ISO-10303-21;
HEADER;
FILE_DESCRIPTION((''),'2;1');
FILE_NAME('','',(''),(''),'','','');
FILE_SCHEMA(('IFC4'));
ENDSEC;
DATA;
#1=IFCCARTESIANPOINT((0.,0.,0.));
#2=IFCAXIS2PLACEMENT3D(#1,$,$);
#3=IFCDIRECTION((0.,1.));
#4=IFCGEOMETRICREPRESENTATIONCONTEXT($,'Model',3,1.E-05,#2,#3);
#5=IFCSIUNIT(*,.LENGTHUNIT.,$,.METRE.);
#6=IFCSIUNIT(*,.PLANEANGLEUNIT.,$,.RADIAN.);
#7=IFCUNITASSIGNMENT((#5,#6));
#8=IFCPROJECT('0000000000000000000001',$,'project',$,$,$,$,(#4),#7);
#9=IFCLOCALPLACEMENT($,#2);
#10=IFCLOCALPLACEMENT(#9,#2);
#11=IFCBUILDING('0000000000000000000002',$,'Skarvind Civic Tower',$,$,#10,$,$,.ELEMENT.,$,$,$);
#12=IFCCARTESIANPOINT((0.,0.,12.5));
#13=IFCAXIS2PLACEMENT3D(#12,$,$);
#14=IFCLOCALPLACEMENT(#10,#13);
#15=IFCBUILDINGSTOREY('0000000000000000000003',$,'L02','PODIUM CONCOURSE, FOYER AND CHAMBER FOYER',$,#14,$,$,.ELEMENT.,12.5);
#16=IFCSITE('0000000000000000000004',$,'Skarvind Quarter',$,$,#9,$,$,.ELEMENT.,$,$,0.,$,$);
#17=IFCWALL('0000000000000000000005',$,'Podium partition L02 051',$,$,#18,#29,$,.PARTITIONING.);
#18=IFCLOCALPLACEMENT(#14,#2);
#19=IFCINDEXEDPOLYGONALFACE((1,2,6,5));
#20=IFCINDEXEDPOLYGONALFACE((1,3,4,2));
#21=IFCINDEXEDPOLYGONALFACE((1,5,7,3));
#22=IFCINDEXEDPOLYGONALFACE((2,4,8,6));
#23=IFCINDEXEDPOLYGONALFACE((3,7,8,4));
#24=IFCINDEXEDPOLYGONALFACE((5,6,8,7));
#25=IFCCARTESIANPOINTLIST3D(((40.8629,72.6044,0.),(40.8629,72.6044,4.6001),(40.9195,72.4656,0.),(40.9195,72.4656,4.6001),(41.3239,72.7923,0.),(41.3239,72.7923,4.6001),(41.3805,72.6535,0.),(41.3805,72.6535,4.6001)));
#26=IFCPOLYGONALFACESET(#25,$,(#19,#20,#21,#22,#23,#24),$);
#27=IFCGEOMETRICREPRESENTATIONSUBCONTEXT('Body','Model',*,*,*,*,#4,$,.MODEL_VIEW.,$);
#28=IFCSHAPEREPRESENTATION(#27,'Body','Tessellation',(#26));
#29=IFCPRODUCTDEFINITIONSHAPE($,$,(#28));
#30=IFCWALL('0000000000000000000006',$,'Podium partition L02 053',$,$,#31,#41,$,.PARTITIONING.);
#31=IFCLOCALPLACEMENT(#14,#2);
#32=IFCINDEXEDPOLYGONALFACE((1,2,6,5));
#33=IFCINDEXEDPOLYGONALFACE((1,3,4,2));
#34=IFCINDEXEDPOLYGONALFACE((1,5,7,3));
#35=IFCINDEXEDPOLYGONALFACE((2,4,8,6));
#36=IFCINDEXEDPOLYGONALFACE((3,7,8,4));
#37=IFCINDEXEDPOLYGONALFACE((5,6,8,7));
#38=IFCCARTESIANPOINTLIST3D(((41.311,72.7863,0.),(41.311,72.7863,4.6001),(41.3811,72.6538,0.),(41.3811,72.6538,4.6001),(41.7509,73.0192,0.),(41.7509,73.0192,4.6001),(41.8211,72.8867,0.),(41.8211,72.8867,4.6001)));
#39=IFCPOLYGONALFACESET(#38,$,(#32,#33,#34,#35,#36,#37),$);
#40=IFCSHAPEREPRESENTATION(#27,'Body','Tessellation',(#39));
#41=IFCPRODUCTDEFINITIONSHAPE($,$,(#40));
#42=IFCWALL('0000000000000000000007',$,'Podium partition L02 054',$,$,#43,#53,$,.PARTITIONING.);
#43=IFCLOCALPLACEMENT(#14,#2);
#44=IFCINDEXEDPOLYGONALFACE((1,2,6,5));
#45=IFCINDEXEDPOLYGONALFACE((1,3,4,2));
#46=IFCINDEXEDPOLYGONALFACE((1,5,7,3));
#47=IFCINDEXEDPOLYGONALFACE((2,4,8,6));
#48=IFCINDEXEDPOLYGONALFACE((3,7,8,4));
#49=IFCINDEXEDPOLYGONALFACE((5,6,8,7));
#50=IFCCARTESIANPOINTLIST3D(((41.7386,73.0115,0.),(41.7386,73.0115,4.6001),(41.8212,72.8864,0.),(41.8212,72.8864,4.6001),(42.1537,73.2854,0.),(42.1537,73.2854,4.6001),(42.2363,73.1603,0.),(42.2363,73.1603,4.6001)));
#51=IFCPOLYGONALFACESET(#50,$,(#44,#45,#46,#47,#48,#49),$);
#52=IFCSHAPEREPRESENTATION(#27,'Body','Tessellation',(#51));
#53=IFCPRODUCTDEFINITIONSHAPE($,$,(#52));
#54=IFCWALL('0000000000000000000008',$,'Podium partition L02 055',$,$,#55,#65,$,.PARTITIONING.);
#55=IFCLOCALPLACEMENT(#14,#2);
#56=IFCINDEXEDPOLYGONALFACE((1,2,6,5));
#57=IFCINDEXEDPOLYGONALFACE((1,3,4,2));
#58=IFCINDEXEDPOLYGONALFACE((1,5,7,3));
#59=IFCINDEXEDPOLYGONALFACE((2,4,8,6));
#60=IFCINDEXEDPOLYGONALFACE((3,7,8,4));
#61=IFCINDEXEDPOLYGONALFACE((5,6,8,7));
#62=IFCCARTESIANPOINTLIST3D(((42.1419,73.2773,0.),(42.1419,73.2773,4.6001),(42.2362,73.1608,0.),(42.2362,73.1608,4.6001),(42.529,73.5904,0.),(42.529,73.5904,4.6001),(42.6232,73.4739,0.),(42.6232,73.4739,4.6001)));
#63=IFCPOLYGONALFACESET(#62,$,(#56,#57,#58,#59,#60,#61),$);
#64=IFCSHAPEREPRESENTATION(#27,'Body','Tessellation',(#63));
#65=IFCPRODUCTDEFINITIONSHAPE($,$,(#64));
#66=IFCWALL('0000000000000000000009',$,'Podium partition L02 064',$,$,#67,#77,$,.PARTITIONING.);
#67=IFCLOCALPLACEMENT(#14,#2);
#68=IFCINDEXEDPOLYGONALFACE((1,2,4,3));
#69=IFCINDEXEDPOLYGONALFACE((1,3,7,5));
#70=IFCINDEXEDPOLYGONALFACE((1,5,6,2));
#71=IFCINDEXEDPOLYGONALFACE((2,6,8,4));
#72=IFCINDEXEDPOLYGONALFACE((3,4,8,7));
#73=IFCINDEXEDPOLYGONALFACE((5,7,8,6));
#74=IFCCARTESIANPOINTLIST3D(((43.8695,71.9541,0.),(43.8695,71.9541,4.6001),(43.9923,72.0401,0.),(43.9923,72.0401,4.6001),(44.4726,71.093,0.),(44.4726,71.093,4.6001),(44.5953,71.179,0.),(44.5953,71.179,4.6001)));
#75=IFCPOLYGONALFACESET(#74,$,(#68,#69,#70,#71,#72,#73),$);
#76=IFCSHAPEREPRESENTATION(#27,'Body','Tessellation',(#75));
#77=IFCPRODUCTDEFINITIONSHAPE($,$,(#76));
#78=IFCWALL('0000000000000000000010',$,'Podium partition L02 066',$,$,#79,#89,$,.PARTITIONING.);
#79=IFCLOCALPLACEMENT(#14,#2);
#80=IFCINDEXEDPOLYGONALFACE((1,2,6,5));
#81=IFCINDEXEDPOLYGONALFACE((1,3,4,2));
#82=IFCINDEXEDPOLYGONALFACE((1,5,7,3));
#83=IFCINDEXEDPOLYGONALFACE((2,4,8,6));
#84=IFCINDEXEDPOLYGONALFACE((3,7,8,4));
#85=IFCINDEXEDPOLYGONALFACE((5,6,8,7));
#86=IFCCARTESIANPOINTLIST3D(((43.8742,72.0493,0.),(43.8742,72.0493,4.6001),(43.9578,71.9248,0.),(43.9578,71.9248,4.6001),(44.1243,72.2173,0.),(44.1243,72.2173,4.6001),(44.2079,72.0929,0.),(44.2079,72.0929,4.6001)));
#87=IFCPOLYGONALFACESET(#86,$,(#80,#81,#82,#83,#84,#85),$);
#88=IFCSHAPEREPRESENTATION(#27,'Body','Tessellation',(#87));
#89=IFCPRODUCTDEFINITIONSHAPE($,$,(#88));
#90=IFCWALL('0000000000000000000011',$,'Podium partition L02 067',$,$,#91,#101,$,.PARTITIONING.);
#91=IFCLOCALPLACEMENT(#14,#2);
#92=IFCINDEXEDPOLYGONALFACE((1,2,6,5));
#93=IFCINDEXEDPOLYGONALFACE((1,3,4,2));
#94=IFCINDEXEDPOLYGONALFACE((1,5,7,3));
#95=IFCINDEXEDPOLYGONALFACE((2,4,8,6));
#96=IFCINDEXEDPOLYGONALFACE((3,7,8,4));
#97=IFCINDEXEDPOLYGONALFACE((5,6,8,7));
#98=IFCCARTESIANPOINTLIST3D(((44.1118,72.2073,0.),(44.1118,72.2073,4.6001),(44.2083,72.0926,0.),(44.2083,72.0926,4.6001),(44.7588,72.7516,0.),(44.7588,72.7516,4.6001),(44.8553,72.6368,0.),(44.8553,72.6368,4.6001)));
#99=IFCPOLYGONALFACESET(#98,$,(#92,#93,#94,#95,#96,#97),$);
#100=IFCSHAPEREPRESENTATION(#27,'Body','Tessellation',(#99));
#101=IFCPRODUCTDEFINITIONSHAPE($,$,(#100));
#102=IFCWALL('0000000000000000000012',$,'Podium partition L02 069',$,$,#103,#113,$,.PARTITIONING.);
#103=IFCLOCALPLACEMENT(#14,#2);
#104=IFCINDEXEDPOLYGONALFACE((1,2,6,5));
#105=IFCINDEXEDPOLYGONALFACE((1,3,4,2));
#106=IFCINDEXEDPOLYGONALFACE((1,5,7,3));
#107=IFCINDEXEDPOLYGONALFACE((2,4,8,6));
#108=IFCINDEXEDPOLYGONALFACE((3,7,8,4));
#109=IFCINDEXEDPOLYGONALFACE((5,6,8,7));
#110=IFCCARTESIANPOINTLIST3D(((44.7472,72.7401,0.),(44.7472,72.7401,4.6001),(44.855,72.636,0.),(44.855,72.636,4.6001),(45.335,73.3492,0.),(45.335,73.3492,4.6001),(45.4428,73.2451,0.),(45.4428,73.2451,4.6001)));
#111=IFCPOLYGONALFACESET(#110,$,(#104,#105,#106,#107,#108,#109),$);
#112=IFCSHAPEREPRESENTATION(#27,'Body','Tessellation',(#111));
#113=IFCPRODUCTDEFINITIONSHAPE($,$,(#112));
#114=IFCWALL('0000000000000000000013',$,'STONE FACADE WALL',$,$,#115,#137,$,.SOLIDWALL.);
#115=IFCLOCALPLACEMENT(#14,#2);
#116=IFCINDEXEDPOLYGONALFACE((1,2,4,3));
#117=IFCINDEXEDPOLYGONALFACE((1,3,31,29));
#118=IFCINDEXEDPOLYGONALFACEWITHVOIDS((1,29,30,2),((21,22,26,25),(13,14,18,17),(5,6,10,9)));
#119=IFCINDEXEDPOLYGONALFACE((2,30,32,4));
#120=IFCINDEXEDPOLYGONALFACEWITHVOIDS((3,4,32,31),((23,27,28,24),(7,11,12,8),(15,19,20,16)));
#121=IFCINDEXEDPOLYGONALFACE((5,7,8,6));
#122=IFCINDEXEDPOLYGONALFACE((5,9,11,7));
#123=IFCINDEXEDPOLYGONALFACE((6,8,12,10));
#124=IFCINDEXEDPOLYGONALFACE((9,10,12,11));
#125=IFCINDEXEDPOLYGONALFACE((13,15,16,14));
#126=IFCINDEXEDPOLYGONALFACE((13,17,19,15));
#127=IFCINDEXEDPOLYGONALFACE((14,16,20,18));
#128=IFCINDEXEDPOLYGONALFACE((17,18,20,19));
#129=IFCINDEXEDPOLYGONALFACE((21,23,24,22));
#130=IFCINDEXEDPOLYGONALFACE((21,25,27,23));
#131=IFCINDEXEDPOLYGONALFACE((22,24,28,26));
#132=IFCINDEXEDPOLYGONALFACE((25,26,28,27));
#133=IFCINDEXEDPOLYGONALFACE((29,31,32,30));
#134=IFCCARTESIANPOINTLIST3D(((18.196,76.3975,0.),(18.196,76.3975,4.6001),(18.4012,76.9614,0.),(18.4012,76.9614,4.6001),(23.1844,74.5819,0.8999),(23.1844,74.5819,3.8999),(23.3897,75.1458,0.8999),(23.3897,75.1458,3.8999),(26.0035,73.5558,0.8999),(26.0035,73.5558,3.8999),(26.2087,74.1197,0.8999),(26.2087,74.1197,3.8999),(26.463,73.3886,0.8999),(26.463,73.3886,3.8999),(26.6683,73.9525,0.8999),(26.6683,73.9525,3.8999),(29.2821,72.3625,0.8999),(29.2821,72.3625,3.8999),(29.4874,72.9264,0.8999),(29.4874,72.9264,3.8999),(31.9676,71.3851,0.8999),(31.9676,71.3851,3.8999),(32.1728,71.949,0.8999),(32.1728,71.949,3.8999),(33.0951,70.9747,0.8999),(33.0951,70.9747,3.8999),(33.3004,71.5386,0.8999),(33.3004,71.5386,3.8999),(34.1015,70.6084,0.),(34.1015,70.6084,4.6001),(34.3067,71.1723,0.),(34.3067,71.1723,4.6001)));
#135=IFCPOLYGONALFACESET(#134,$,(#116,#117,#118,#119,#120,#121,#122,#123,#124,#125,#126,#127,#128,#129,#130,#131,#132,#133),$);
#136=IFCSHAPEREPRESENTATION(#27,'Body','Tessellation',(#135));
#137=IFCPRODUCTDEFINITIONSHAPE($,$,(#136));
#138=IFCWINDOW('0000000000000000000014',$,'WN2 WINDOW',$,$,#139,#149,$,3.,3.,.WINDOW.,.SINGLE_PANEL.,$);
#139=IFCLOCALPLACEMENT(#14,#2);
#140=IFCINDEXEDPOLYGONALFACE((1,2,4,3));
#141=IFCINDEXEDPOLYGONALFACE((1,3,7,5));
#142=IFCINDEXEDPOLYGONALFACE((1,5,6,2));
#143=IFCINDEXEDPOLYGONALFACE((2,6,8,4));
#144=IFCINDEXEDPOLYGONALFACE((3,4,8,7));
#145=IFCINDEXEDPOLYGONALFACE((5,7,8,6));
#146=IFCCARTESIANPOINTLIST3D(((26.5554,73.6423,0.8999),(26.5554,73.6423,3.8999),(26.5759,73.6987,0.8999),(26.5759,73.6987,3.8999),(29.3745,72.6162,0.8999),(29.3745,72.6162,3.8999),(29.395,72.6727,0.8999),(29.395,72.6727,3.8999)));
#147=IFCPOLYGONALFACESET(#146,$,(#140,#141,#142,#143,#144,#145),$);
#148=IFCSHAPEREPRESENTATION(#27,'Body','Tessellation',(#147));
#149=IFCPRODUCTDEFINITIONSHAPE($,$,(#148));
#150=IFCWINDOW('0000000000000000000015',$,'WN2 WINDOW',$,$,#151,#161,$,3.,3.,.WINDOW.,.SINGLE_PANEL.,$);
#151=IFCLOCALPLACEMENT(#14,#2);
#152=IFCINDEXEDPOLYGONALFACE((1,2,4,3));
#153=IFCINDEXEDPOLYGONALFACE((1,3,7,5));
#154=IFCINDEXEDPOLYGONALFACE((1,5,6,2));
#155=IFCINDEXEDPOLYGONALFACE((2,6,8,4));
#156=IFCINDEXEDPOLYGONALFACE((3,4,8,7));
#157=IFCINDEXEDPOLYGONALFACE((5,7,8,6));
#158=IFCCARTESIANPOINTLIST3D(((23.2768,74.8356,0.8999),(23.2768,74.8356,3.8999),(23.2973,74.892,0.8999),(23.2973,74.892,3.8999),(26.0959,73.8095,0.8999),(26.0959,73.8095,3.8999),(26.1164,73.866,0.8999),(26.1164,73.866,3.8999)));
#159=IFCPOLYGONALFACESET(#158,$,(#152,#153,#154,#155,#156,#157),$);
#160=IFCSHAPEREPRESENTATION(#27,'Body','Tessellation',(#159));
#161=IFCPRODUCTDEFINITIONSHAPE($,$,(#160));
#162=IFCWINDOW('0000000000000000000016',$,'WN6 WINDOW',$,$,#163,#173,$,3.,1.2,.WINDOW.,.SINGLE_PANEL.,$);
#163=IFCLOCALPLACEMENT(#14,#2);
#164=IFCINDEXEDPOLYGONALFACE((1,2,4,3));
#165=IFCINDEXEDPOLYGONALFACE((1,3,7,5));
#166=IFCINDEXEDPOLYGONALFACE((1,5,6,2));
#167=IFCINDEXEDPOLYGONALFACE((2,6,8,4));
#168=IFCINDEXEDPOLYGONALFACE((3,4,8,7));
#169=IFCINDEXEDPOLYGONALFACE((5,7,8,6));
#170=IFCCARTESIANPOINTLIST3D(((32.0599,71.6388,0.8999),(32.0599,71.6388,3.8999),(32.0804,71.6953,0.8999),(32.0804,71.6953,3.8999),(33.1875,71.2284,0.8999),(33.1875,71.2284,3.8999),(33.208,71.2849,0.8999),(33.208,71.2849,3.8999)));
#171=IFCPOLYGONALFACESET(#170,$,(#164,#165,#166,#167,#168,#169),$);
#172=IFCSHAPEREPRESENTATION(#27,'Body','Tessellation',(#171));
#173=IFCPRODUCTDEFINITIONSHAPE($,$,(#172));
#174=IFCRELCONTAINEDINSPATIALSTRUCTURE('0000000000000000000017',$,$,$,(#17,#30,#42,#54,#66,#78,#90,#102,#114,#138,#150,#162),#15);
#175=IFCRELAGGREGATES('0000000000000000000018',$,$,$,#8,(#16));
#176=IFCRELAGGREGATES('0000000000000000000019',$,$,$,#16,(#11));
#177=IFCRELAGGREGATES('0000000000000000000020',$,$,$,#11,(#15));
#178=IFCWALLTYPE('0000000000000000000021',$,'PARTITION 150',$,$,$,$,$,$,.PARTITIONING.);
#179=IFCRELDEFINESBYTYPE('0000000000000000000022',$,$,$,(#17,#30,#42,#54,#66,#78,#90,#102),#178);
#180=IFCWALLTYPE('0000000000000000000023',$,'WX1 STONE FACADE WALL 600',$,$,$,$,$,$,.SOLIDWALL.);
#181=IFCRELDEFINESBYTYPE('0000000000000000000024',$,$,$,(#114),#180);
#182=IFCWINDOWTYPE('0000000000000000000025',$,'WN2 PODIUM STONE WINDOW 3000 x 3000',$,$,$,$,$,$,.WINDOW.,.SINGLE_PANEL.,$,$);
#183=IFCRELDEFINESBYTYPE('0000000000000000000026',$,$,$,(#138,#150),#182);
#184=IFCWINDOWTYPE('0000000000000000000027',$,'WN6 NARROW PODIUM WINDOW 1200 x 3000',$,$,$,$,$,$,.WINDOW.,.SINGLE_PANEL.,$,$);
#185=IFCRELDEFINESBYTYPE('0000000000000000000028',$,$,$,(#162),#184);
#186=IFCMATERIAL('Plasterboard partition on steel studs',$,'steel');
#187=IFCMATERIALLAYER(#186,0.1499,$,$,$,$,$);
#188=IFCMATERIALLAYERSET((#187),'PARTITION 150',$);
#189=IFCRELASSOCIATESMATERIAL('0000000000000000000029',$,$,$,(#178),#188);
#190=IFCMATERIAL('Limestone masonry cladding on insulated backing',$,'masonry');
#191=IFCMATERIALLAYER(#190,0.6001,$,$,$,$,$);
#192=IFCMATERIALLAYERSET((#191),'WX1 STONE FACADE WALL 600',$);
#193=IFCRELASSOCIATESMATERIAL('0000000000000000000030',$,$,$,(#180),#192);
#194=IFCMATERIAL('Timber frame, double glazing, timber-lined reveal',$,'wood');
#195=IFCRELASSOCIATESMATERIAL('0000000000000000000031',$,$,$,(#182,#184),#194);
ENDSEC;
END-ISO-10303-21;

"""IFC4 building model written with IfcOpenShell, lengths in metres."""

from ifc_helpers import new_model, si_unit, direction, frame, frame_2d, origin, place, context, subcontext, project, spatial, rectangle, extrude, material, layer, layer_set, type_object, element, fill, save


model = new_model("IFC4")

# Units and contexts
model_context = context("Model", 3, precision=1e-05, world=origin(), true_north=direction((0.0, 1.0)))
body_context = subcontext(model_context, "Body", "Model", "MODEL_VIEW")
ifc_project = project(units=[si_unit("LENGTHUNIT", "METRE"), si_unit("PLANEANGLEUNIT", "RADIAN")], contexts=[model_context])

# Site, building, storey
site_placement = place(None, origin())
site = spatial("IfcSite", under=ifc_project, at=site_placement, Name="Skarvind Quarter", CompositionType="ELEMENT", RefElevation=0.0)
building_placement = place(site_placement, origin())
building = spatial("IfcBuilding", under=site, at=building_placement, Name="Skarvind Civic Tower", CompositionType="ELEMENT")
storey_placement = place(building_placement, frame((0.0, 0.0, 12.5)))
storey = spatial("IfcBuildingStorey", under=building, at=storey_placement, Name="L02", Description="PODIUM CONCOURSE, FOYER AND CHAMBER FOYER", CompositionType="ELEMENT", Elevation=12.5)

# Shared definitions
ifc_material_1 = material(Name="Plasterboard partition on steel studs", Category="steel")
ifc_layer_1 = layer(ifc_material_1, 0.1499)
ifc_layer_set_1 = layer_set([ifc_layer_1], Name="PARTITION 150")
wall_type_1 = type_object("IfcWallType", Name="PARTITION 150", PredefinedType="PARTITIONING", material=ifc_layer_set_1)

# Walls
for number, where, z_axis, x_axis, name in (
    (1, (40.8911, 72.5349, 0.0), (0.0, 0.0, 1.0), (0.925953, 0.37764, 0.0), "Podium partition L02 051"),
    (2, (41.3459, 72.72, 0.0), (0.0, 0.0, 1.0), (0.883788, 0.467888, 0.0), "Podium partition L02 053"),
):
    element("IfcWall", number, at=place(storey_placement, frame(where, z_axis=z_axis, x_axis=x_axis)), inside=storey, type_object=wall_type_1, Name=name, PredefinedType="PARTITIONING", context=body_context, shape_type="SweptSolid", body=[
        extrude(rectangle(XDim=0.4978, YDim=0.1499, at=frame_2d((0.249, 0.0))), origin(), (0.0, 0.0, 1.0), 4.6001),
    ])
wall_1_placement = place(storey_placement, frame((41.78, 72.949, 0.0), z_axis=(0.0, 0.0, 1.0), x_axis=(0.834609, 0.550842, 0.0)))
element("IfcWall", 3, at=wall_1_placement, inside=storey, type_object=wall_type_1, Name="Podium partition L02 054", PredefinedType="PARTITIONING", context=body_context, shape_type="SweptSolid", body=[
    extrude(rectangle(XDim=0.4973, YDim=0.1499, at=frame_2d((0.2485, 0.0))), origin(), (0.0, 0.0, 1.0), 4.6001),
])
wall_2_placement = place(storey_placement, frame((42.189, 73.219, 0.0), z_axis=(0.0, 0.0, 1.0), x_axis=(0.777508, 0.628874, 0.0)))
element("IfcWall", 4, at=wall_2_placement, inside=storey, type_object=wall_type_1, Name="Podium partition L02 055", PredefinedType="PARTITIONING", context=body_context, shape_type="SweptSolid", body=[
    extrude(rectangle(XDim=0.4978, YDim=0.1499, at=frame_2d((0.249, 0.0))), origin(), (0.0, 0.0, 1.0), 4.6001),
])
wall_3_placement = place(storey_placement, frame((43.9309, 71.9971, 0.0), z_axis=(0.0, 0.0, 1.0), x_axis=(0.573634, -0.819112, 0.0)))
element("IfcWall", 5, at=wall_3_placement, inside=storey, type_object=wall_type_1, Name="Podium partition L02 064", PredefinedType="PARTITIONING", context=body_context, shape_type="SweptSolid", body=[
    extrude(rectangle(XDim=1.0513, YDim=0.1499, at=frame_2d((0.5256, 0.0))), origin(), (0.0, 0.0, 1.0), 4.6001),
])
wall_4_placement = place(storey_placement, frame((43.916, 71.9871, 0.0), z_axis=(0.0, 0.0, 1.0), x_axis=(0.83005, 0.55769, 0.0)))
element("IfcWall", 6, at=wall_4_placement, inside=storey, type_object=wall_type_1, Name="Podium partition L02 066", PredefinedType="PARTITIONING", context=body_context, shape_type="SweptSolid", body=[
    extrude(rectangle(XDim=0.3013, YDim=0.1499, at=frame_2d((0.1506, 0.0))), origin(), (0.0, 0.0, 1.0), 4.6001),
])
wall_5_placement = place(storey_placement, frame((44.1599, 72.1499, 0.0), z_axis=(0.0, 0.0, 1.0), x_axis=(0.765278, 0.6437, 0.0)))
element("IfcWall", 7, at=wall_5_placement, inside=storey, type_object=wall_type_1, Name="Podium partition L02 067", PredefinedType="PARTITIONING", context=body_context, shape_type="SweptSolid", body=[
    extrude(rectangle(XDim=0.8455, YDim=0.1499, at=frame_2d((0.4229, 0.0))), origin(), (0.0, 0.0, 1.0), 4.6001),
])
wall_6_placement = place(storey_placement, frame((44.801, 72.688, 0.0), z_axis=(0.0, 0.0, 1.0), x_axis=(0.69445, 0.719541, 0.0)))
element("IfcWall", 8, at=wall_6_placement, inside=storey, type_object=wall_type_1, Name="Podium partition L02 069", PredefinedType="PARTITIONING", context=body_context, shape_type="SweptSolid", body=[
    extrude(rectangle(XDim=0.8464, YDim=0.1499, at=frame_2d((0.4233, 0.0))), origin(), (0.0, 0.0, 1.0), 4.6001),
])

# Wall, openings, windows
ifc_material_2 = material(Name="Limestone masonry cladding on insulated backing", Category="masonry")
ifc_layer_2 = layer(ifc_material_2, 0.6001)
ifc_layer_set_2 = layer_set([ifc_layer_2], Name="WX1 STONE FACADE WALL 600")
wall_type_2 = type_object("IfcWallType", Name="WX1 STONE FACADE WALL 600", PredefinedType="SOLIDWALL", material=ifc_layer_set_2)
wall_7_placement = place(storey_placement, frame((34.2041, 70.8904, 0.0), z_axis=(0.0, 0.0, 1.0), x_axis=(-0.939694, 0.342016, 0.0)))
wall_7 = element("IfcWall", 9, at=wall_7_placement, inside=storey, type_object=wall_type_2, Name="STONE FACADE WALL", PredefinedType="SOLIDWALL", context=body_context, shape_type="SweptSolid", body=[
    extrude(rectangle(XDim=16.9263, YDim=0.6001, at=frame_2d((8.4631, 0.0))), origin(), (0.0, 0.0, 1.0), 4.6001),
])
opening_1_placement = place(wall_7_placement, frame((1.0708, 0.0, 0.8999)))
opening_1 = element("IfcOpeningElement", 10, at=opening_1_placement, cuts=wall_7, PredefinedType="OPENING", context=body_context, shape_type="SweptSolid", body=[
    extrude(rectangle(XDim=1.2, YDim=3.0, at=frame_2d((0.6001, 1.5))), frame((0.0, 0.3101, 0.0), z_axis=(0.0, -1.0, 0.0), x_axis=(1.0, 0.0, 0.0)), (0.0, 0.0, 1.0), 0.6201),
])
opening_2_placement = place(wall_7_placement, frame((5.1287, 0.0, 0.8999)))
opening_2 = element("IfcOpeningElement", 11, at=opening_2_placement, cuts=wall_7, PredefinedType="OPENING", context=body_context, shape_type="SweptSolid", body=[
    extrude(rectangle(XDim=3.0, YDim=3.0, at=frame_2d((1.5, 1.5))), frame((0.0, 0.3101, 0.0), z_axis=(0.0, -1.0, 0.0), x_axis=(1.0, 0.0, 0.0)), (0.0, 0.0, 1.0), 0.6201),
])
opening_3_placement = place(wall_7_placement, frame((8.6177, 0.0, 0.8999)))
opening_3 = element("IfcOpeningElement", 12, at=opening_3_placement, cuts=wall_7, PredefinedType="OPENING", context=body_context, shape_type="SweptSolid", body=[
    extrude(rectangle(XDim=3.0, YDim=3.0, at=frame_2d((1.5, 1.5))), frame((0.0, 0.3101, 0.0), z_axis=(0.0, -1.0, 0.0), x_axis=(1.0, 0.0, 0.0)), (0.0, 0.0, 1.0), 0.6201),
])
ifc_material_3 = material(Name="Timber frame, double glazing, timber-lined reveal", Category="wood")
window_type_1 = type_object("IfcWindowType", Name="WN2 PODIUM STONE WINDOW 3000 x 3000", PartitioningType="SINGLE_PANEL", PredefinedType="WINDOW", material=ifc_material_3)
window_1_placement = place(opening_2_placement, origin())
window_1 = element("IfcWindow", 13, at=window_1_placement, inside=storey, type_object=window_type_1, Name="WN2 WINDOW", OverallHeight=3.0, OverallWidth=3.0, PartitioningType="SINGLE_PANEL", PredefinedType="WINDOW", context=body_context, shape_type="SweptSolid", body=[
    extrude(rectangle(XDim=3.0, YDim=3.0, at=frame_2d((1.5, 1.5))), frame((0.0, 0.03, 0.0), z_axis=(0.0, -1.0, 0.0), x_axis=(1.0, 0.0, 0.0)), (0.0, 0.0, 1.0), 0.0601),
])
fill(opening_2, window_1)
window_2_placement = place(opening_3_placement, origin())
window_2 = element("IfcWindow", 14, at=window_2_placement, inside=storey, type_object=window_type_1, Name="WN2 WINDOW", OverallHeight=3.0, OverallWidth=3.0, PartitioningType="SINGLE_PANEL", PredefinedType="WINDOW", context=body_context, shape_type="SweptSolid", body=[
    extrude(rectangle(XDim=3.0, YDim=3.0, at=frame_2d((1.5, 1.5))), frame((0.0, 0.03, 0.0), z_axis=(0.0, -1.0, 0.0), x_axis=(1.0, 0.0, 0.0)), (0.0, 0.0, 1.0), 0.0601),
])
fill(opening_3, window_2)
window_type_2 = type_object("IfcWindowType", Name="WN6 NARROW PODIUM WINDOW 1200 x 3000", PartitioningType="SINGLE_PANEL", PredefinedType="WINDOW", material=ifc_material_3)
window_3_placement = place(opening_1_placement, origin())
window_3 = element("IfcWindow", 15, at=window_3_placement, inside=storey, type_object=window_type_2, Name="WN6 WINDOW", OverallHeight=3.0, OverallWidth=1.2, PartitioningType="SINGLE_PANEL", PredefinedType="WINDOW", context=body_context, shape_type="SweptSolid", body=[
    extrude(rectangle(XDim=1.2, YDim=3.0, at=frame_2d((0.6001, 1.5))), frame((0.0, 0.03, 0.0), z_axis=(0.0, -1.0, 0.0), x_axis=(1.0, 0.0, 0.0)), (0.0, 0.0, 1.0), 0.0601),
])
fill(opening_1, window_3)

save(model, "model.ifc")
